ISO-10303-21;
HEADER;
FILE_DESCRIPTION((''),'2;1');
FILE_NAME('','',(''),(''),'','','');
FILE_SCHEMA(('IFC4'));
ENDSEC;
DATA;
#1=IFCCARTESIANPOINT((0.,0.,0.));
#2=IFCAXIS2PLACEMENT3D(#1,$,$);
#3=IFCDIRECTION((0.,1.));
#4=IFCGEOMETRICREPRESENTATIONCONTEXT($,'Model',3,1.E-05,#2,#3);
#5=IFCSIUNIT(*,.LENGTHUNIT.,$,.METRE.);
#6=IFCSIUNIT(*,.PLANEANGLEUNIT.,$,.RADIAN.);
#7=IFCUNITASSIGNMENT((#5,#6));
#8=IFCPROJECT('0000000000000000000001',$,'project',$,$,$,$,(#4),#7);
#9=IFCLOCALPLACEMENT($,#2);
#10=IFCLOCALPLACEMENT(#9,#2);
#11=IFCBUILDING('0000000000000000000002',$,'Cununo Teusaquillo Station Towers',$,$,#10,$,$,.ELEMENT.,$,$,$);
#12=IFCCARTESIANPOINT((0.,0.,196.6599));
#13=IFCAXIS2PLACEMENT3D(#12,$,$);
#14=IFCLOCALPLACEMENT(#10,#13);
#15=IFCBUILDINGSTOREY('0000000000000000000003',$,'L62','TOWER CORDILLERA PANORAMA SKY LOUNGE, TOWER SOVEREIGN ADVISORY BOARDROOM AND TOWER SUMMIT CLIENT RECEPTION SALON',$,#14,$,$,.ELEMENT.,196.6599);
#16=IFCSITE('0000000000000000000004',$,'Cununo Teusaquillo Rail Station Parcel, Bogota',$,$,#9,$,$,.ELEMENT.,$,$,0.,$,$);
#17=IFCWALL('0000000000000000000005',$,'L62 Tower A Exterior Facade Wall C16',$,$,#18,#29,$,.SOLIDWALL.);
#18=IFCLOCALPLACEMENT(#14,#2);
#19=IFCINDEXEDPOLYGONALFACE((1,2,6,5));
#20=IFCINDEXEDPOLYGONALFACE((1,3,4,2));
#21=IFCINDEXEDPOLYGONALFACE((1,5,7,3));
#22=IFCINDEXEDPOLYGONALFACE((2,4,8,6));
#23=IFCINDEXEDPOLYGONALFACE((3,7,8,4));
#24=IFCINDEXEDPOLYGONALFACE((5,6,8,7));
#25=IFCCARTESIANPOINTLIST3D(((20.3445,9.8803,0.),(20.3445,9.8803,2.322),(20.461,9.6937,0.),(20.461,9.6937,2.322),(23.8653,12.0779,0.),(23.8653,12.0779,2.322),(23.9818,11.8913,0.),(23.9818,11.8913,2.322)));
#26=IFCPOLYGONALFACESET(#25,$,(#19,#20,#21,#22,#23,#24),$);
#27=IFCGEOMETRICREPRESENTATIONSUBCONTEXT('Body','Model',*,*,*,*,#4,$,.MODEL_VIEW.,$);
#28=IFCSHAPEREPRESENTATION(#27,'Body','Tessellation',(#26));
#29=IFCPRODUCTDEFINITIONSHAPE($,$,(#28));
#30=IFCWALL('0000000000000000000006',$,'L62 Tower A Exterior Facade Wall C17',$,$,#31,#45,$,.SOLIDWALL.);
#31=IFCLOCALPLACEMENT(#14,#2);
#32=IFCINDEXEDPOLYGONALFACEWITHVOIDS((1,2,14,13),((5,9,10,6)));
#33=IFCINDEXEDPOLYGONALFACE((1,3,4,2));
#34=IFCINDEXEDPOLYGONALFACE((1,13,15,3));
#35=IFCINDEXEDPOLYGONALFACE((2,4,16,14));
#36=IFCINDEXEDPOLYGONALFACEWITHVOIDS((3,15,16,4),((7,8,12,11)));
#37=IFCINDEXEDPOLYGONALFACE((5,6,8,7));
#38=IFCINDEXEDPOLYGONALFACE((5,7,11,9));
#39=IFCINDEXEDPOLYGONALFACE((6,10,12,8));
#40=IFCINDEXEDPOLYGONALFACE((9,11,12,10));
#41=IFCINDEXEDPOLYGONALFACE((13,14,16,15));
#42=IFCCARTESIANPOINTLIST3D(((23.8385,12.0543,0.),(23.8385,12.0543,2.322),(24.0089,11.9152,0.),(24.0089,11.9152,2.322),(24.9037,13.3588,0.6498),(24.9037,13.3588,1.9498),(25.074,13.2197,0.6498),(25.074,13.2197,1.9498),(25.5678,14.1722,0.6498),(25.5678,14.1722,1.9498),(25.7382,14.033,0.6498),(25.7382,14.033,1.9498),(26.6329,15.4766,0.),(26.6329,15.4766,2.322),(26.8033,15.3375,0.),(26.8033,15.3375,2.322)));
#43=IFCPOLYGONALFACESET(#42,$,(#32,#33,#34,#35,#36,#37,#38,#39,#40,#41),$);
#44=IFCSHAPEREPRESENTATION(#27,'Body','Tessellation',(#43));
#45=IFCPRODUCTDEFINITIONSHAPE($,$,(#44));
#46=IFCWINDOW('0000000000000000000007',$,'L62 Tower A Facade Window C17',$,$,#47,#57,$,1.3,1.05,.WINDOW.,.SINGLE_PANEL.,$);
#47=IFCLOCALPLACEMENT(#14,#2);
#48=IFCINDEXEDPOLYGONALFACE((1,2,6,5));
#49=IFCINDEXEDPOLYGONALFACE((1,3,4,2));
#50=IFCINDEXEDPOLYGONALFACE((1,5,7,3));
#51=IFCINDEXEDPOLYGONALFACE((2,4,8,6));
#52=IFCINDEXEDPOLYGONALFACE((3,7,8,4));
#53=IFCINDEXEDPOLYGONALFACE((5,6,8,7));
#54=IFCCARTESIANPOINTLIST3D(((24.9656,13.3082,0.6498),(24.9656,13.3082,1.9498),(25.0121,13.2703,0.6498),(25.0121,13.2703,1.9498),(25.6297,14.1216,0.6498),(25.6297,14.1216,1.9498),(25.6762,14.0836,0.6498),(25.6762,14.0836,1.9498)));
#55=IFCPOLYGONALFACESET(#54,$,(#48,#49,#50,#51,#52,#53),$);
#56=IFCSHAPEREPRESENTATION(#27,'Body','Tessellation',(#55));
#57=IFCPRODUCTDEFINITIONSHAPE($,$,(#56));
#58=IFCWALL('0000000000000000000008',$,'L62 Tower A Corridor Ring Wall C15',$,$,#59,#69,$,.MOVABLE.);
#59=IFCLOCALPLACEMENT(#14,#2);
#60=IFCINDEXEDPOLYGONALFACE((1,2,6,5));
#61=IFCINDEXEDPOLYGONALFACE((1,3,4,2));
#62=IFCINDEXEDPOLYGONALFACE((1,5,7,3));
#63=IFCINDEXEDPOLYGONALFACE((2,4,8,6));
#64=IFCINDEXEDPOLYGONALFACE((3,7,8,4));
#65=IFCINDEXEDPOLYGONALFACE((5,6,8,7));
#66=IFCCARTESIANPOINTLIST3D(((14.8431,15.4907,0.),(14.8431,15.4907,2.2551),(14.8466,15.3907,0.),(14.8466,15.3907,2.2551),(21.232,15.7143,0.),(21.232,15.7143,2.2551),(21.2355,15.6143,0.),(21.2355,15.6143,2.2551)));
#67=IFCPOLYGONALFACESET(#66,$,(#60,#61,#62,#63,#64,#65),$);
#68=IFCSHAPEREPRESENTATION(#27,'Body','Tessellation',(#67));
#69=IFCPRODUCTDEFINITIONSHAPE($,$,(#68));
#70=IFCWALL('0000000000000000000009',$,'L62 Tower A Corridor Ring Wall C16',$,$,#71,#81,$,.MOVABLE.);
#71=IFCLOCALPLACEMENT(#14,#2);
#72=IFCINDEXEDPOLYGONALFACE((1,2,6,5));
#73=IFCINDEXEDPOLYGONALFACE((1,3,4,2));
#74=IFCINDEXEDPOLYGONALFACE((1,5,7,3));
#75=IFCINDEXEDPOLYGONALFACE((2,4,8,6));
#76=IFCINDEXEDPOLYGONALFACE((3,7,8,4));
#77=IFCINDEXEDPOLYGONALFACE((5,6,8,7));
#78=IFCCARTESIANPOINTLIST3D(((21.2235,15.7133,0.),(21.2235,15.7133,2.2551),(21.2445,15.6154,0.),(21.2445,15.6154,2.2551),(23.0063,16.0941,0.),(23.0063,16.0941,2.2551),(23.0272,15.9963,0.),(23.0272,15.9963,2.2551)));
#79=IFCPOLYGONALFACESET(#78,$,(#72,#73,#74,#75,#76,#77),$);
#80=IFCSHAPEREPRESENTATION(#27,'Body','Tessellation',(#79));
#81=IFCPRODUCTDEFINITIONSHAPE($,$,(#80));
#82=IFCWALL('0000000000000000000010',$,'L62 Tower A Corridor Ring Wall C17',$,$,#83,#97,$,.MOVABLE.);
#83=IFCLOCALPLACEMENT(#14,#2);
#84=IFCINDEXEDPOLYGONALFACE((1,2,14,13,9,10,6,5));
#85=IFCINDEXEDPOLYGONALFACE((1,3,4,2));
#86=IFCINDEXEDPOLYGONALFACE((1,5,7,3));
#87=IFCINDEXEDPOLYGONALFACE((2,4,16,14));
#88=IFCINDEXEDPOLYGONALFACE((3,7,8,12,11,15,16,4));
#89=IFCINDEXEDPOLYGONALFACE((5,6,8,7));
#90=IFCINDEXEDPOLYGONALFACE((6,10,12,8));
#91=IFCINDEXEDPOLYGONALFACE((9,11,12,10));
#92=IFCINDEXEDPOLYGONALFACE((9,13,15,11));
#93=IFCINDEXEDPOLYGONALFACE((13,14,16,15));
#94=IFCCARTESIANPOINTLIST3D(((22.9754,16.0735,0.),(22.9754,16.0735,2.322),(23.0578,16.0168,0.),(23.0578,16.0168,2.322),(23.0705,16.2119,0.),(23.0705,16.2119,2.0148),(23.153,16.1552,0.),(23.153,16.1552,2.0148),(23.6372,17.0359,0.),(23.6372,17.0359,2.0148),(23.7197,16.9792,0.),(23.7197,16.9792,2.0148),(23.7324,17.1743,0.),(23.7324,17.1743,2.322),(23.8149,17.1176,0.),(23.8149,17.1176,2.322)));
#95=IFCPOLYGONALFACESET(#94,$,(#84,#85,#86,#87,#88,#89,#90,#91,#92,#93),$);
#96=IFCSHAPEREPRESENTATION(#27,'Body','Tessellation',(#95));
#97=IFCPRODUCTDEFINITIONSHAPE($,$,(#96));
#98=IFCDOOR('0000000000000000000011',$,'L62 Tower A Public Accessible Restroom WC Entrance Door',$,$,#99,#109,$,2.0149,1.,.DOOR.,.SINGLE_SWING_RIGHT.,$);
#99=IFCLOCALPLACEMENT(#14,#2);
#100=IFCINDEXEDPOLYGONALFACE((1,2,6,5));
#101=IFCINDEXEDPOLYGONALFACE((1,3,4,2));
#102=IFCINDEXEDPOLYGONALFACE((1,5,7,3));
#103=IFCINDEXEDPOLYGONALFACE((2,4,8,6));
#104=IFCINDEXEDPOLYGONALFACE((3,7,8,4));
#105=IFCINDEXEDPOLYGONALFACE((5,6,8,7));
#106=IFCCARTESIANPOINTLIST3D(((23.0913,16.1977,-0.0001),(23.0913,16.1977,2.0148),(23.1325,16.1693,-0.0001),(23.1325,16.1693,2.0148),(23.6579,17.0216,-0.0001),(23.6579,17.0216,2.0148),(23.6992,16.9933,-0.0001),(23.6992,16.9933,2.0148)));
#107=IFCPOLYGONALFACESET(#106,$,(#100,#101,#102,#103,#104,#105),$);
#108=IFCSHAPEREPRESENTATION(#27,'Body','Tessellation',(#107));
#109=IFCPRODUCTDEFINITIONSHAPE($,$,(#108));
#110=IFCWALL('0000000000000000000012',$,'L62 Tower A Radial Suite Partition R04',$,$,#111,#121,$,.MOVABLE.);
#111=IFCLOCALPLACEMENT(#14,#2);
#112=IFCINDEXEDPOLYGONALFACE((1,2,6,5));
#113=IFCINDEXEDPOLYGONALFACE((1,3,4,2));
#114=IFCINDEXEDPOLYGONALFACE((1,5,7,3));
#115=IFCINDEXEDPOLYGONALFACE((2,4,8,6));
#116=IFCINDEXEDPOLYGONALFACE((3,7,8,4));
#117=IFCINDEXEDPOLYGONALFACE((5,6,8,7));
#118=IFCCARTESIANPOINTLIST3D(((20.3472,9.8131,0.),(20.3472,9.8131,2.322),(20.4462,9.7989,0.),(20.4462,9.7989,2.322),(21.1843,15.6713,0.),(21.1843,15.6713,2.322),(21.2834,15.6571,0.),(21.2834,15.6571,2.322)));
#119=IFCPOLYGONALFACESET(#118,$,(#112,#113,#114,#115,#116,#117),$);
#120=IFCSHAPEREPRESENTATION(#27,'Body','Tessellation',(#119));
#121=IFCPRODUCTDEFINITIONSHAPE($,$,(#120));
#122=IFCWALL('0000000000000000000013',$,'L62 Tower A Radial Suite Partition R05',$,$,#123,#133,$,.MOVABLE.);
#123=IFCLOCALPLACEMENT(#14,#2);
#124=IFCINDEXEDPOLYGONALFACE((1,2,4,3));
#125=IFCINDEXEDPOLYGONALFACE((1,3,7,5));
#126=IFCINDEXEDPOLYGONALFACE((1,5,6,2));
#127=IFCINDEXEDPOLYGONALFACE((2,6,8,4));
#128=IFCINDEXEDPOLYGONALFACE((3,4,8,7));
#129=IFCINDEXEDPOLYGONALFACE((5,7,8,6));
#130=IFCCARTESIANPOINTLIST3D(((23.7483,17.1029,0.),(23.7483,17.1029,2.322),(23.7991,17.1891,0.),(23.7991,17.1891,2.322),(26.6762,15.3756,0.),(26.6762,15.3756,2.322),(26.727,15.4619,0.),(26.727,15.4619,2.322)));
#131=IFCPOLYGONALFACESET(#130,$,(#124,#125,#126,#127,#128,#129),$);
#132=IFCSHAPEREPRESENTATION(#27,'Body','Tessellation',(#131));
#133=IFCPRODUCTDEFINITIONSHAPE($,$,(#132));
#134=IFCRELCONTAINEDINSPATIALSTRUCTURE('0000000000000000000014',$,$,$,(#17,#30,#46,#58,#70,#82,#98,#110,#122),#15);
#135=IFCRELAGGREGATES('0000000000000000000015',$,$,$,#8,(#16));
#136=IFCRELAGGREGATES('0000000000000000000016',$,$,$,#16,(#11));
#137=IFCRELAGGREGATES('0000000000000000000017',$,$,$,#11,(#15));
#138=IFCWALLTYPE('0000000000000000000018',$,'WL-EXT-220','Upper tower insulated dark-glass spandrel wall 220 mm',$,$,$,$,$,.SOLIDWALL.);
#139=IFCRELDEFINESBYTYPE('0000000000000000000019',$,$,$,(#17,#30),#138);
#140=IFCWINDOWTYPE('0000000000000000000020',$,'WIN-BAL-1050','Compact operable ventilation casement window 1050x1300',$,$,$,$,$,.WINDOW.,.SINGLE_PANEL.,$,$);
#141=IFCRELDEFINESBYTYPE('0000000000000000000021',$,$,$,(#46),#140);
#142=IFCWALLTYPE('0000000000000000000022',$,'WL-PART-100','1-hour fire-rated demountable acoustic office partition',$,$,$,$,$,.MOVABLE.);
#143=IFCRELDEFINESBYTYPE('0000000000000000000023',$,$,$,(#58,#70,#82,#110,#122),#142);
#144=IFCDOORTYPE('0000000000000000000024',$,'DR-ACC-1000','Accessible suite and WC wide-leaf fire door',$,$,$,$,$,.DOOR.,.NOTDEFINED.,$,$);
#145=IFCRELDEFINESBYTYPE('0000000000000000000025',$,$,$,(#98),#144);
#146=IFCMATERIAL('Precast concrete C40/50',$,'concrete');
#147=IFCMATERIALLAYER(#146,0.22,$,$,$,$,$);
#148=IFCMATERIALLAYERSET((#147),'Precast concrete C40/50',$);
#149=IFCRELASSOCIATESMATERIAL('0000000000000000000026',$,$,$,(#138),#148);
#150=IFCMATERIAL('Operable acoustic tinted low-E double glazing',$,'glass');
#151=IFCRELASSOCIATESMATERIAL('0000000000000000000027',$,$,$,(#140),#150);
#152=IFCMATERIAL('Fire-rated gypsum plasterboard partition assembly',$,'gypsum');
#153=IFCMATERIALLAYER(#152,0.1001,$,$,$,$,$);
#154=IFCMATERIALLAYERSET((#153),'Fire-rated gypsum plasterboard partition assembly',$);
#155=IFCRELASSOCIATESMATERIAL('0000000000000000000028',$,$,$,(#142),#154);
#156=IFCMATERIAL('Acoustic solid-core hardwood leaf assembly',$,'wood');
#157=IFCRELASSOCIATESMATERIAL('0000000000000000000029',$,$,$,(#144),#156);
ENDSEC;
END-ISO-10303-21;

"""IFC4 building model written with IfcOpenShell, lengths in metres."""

from ifc_helpers import new_model, si_unit, direction, frame, frame_2d, origin, place, context, subcontext, project, spatial, rectangle, extrude, source, transform, mapped, material, layer, layer_set, type_object, element, fill, save


model = new_model("IFC4")

# Units and contexts
model_context = context("Model", 3, precision=1e-05, world=origin(), true_north=direction((0.0, 1.0)))
body_context = subcontext(model_context, "Body", "Model", "MODEL_VIEW")
ifc_project = project(units=[si_unit("LENGTHUNIT", "METRE"), si_unit("PLANEANGLEUNIT", "RADIAN")], contexts=[model_context])

# Site, building, storey
site_placement = place(None, origin())
site = spatial("IfcSite", under=ifc_project, at=site_placement, Name="Cununo Teusaquillo Rail Station Parcel, Bogota", CompositionType="ELEMENT", RefElevation=0.0)
building_placement = place(site_placement, origin())
building = spatial("IfcBuilding", under=site, at=building_placement, Name="Cununo Teusaquillo Station Towers", CompositionType="ELEMENT")
storey_placement = place(building_placement, frame((0.0, 0.0, 196.6599)))
storey = spatial("IfcBuildingStorey", under=building, at=storey_placement, Name="L62", Description="TOWER CORDILLERA PANORAMA SKY LOUNGE, TOWER SOVEREIGN ADVISORY BOARDROOM AND TOWER SUMMIT CLIENT RECEPTION SALON", CompositionType="ELEMENT", Elevation=196.6599)

# Shared definitions
ifc_material_1 = material(Name="Precast concrete C40/50", Category="concrete")
ifc_layer_1 = layer(ifc_material_1, 0.22)
ifc_layer_set_1 = layer_set([ifc_layer_1], Name="Precast concrete C40/50")
wall_type_1 = type_object("IfcWallType", Name="WL-EXT-220", Description="Upper tower insulated dark-glass spandrel wall 220 mm", PredefinedType="SOLIDWALL", material=ifc_layer_set_1)

# Shared definitions
shared_shape_1 = source(origin(), body_context, "Body", "SweptSolid", [
    extrude(rectangle(XDim=1.05, YDim=1.3, at=frame_2d((0.5249, 0.6499))), frame((0.0, 0.1199, 0.0), z_axis=(0.0, -1.0, 0.0), x_axis=(1.0, 0.0, 0.0)), (0.0, 0.0, 1.0), 0.24),
])
ifc_material_2 = material(Name="Operable acoustic tinted low-E double glazing", Category="glass")
window_type = type_object("IfcWindowType", Name="WIN-BAL-1050", Description="Compact operable ventilation casement window 1050x1300", PartitioningType="SINGLE_PANEL", PredefinedType="WINDOW", material=ifc_material_2)
shared_shape_2 = source(origin(), body_context, "Body", "SweptSolid", [
    extrude(rectangle(XDim=1.05, YDim=1.3, at=frame_2d((0.5249, 0.6499))), frame((0.0, 0.03, 0.0), z_axis=(0.0, -1.0, 0.0), x_axis=(1.0, 0.0, 0.0)), (0.0, 0.0, 1.0), 0.0601),
])

# Wall
wall_1_placement = place(storey_placement, frame((23.9236, 11.9846, 0.0), z_axis=(0.0, 0.0, 1.0), x_axis=(-0.848319, -0.529486, 0.0)))
element("IfcWall", 1, at=wall_1_placement, inside=storey, type_object=wall_type_1, Name="L62 Tower A Exterior Facade Wall C16", PredefinedType="SOLIDWALL", context=body_context, shape_type="SweptSolid", body=[
    extrude(rectangle(XDim=4.1504, YDim=0.22, at=frame_2d((2.0752, 0.0))), origin(), (0.0, 0.0, 1.0), 2.322),
])

# Wall, opening, window
wall_2_placement = place(storey_placement, frame((26.718, 15.407, 0.0), z_axis=(0.0, 0.0, 1.0), x_axis=(-0.632467, -0.774587, 0.0)))
wall_2 = element("IfcWall", 2, at=wall_2_placement, inside=storey, type_object=wall_type_1, Name="L62 Tower A Exterior Facade Wall C17", PredefinedType="SOLIDWALL", context=body_context, shape_type="SweptSolid", body=[
    extrude(rectangle(XDim=4.4182, YDim=0.22, at=frame_2d((2.209, 0.0))), origin(), (0.0, 0.0, 1.0), 2.322),
])
opening_1_placement = place(wall_2_placement, frame((1.6841, 0.0, 0.6499)))
opening_1 = element("IfcOpeningElement", 3, at=opening_1_placement, cuts=wall_2, PredefinedType="OPENING", context=body_context, shape_type="MappedRepresentation", body=[
    mapped(shared_shape_1, transform((0.0, 0.0, 0.0), x_axis=(1.0, 0.0, 0.0), y_axis=(0.0, 1.0, 0.0), z_axis=(0.0, 0.0, 1.0), scale=1.0)),
])
window_1_placement = place(opening_1_placement, origin())
window_1 = element("IfcWindow", 4, at=window_1_placement, inside=storey, type_object=window_type, Name="L62 Tower A Facade Window C17", OverallHeight=1.3, OverallWidth=1.05, PartitioningType="SINGLE_PANEL", PredefinedType="WINDOW", context=body_context, shape_type="MappedRepresentation", body=[
    mapped(shared_shape_2, transform((0.0, 0.0, 0.0), x_axis=(1.0, 0.0, 0.0), y_axis=(0.0, 1.0, 0.0), z_axis=(0.0, 0.0, 1.0), scale=1.0)),
])
fill(opening_1, window_1)

# Walls
ifc_material_3 = material(Name="Fire-rated gypsum plasterboard partition assembly", Category="gypsum")
ifc_layer_2 = layer(ifc_material_3, 0.1001)
ifc_layer_set_2 = layer_set([ifc_layer_2], Name="Fire-rated gypsum plasterboard partition assembly")
wall_type_2 = type_object("IfcWallType", Name="WL-PART-100", Description="1-hour fire-rated demountable acoustic office partition", PredefinedType="MOVABLE", material=ifc_layer_set_2)
wall_3_placement = place(storey_placement, frame((14.845, 15.4407, 0.0), z_axis=(0.0, 0.0, 1.0), x_axis=(0.999388, 0.034982, 0.0)))
element("IfcWall", 5, at=wall_3_placement, inside=storey, type_object=wall_type_2, Name="L62 Tower A Corridor Ring Wall C15", PredefinedType="MOVABLE", context=body_context, shape_type="SweptSolid", body=[
    extrude(rectangle(XDim=6.3928, YDim=0.1001, at=frame_2d((3.1963, 0.0))), origin(), (0.0, 0.0, 1.0), 2.2551),
])
wall_4_placement = place(storey_placement, frame((21.2339, 15.6643, 0.0), z_axis=(0.0, 0.0, 1.0), x_axis=(0.977932, 0.208925, 0.0)))
element("IfcWall", 6, at=wall_4_placement, inside=storey, type_object=wall_type_2, Name="L62 Tower A Corridor Ring Wall C16", PredefinedType="MOVABLE", context=body_context, shape_type="SweptSolid", body=[
    extrude(rectangle(XDim=1.823, YDim=0.1001, at=frame_2d((0.9116, 0.0))), origin(), (0.0, 0.0, 1.0), 2.2551),
])

# Wall, opening, door
wall_5_placement = place(storey_placement, frame((23.0166, 16.0452, 0.0), z_axis=(0.0, 0.0, 1.0), x_axis=(0.566661, 0.823951, 0.0)))
wall_5 = element("IfcWall", 7, at=wall_5_placement, inside=storey, type_object=wall_type_2, Name="L62 Tower A Corridor Ring Wall C17", PredefinedType="MOVABLE", context=body_context, shape_type="SweptSolid", body=[
    extrude(rectangle(XDim=1.3359, YDim=0.1001, at=frame_2d((0.668, 0.0))), origin(), (0.0, 0.0, 1.0), 2.322),
])
shared_shape_3 = source(origin(), body_context, "Body", "SweptSolid", [
    extrude(rectangle(XDim=1.0, YDim=2.0149, at=frame_2d((0.5, 1.0073))), frame((0.0, 0.0601, 0.0), z_axis=(0.0, -1.0, 0.0), x_axis=(1.0, 0.0, 0.0)), (0.0, 0.0, 1.0), 0.1201),
])
opening_2_placement = place(wall_5_placement, frame((0.168, 0.0, 0.0)))
opening_2 = element("IfcOpeningElement", 8, at=opening_2_placement, cuts=wall_5, PredefinedType="OPENING", context=body_context, shape_type="MappedRepresentation", body=[
    mapped(shared_shape_3, transform((0.0, 0.0, 0.0), x_axis=(1.0, 0.0, 0.0), y_axis=(0.0, 1.0, 0.0), z_axis=(0.0, 0.0, 1.0), scale=1.0)),
])
ifc_material_4 = material(Name="Acoustic solid-core hardwood leaf assembly", Category="wood")
door_type_1 = type_object("IfcDoorType", Name="DR-ACC-1000", Description="Accessible suite and WC wide-leaf fire door", OperationType="NOTDEFINED", PredefinedType="DOOR", material=ifc_material_4)
shared_shape_4 = source(origin(), body_context, "Body", "SweptSolid", [
    extrude(rectangle(XDim=1.0, YDim=2.0149, at=frame_2d((0.5, 1.0073))), frame((0.0, 0.0249, 0.0), z_axis=(0.0, -1.0, 0.0), x_axis=(1.0, 0.0, 0.0)), (0.0, 0.0, 1.0), 0.05),
])
door_1_placement = place(opening_2_placement, origin())
door_1 = element("IfcDoor", 9, at=door_1_placement, inside=storey, type_object=door_type_1, Name="L62 Tower A Public Accessible Restroom WC Entrance Door", OperationType="SINGLE_SWING_RIGHT", OverallHeight=2.0149, OverallWidth=1.0, PredefinedType="DOOR", context=body_context, shape_type="MappedRepresentation", body=[
    mapped(shared_shape_4, transform((0.0, 0.0, 0.0), x_axis=(1.0, 0.0, 0.0), y_axis=(0.0, 1.0, 0.0), z_axis=(0.0, 0.0, 1.0), scale=1.0)),
])
fill(opening_2, door_1)

# Walls
wall_6_placement = place(storey_placement, frame((21.2339, 15.6643, 0.0), z_axis=(0.0, 0.0, 1.0), x_axis=(-0.141468, -0.989943, 0.0)))
element("IfcWall", 10, at=wall_6_placement, inside=storey, type_object=wall_type_2, Name="L62 Tower A Radial Suite Partition R04", PredefinedType="MOVABLE", context=body_context, shape_type="SweptSolid", body=[
    extrude(rectangle(XDim=5.9177, YDim=0.1001, at=frame_2d((2.959, 0.0))), origin(), (0.0, 0.0, 1.0), 2.322),
])
wall_7_placement = place(storey_placement, frame((23.7737, 17.146, 0.0), z_axis=(0.0, 0.0, 1.0), x_axis=(0.861297, -0.508103, 0.0)))
element("IfcWall", 11, at=wall_7_placement, inside=storey, type_object=wall_type_2, Name="L62 Tower A Radial Suite Partition R05", PredefinedType="MOVABLE", context=body_context, shape_type="SweptSolid", body=[
    extrude(rectangle(XDim=3.3994, YDim=0.1001, at=frame_2d((1.6997, 0.0))), origin(), (0.0, 0.0, 1.0), 2.322),
])

save(model, "model.ifc")
